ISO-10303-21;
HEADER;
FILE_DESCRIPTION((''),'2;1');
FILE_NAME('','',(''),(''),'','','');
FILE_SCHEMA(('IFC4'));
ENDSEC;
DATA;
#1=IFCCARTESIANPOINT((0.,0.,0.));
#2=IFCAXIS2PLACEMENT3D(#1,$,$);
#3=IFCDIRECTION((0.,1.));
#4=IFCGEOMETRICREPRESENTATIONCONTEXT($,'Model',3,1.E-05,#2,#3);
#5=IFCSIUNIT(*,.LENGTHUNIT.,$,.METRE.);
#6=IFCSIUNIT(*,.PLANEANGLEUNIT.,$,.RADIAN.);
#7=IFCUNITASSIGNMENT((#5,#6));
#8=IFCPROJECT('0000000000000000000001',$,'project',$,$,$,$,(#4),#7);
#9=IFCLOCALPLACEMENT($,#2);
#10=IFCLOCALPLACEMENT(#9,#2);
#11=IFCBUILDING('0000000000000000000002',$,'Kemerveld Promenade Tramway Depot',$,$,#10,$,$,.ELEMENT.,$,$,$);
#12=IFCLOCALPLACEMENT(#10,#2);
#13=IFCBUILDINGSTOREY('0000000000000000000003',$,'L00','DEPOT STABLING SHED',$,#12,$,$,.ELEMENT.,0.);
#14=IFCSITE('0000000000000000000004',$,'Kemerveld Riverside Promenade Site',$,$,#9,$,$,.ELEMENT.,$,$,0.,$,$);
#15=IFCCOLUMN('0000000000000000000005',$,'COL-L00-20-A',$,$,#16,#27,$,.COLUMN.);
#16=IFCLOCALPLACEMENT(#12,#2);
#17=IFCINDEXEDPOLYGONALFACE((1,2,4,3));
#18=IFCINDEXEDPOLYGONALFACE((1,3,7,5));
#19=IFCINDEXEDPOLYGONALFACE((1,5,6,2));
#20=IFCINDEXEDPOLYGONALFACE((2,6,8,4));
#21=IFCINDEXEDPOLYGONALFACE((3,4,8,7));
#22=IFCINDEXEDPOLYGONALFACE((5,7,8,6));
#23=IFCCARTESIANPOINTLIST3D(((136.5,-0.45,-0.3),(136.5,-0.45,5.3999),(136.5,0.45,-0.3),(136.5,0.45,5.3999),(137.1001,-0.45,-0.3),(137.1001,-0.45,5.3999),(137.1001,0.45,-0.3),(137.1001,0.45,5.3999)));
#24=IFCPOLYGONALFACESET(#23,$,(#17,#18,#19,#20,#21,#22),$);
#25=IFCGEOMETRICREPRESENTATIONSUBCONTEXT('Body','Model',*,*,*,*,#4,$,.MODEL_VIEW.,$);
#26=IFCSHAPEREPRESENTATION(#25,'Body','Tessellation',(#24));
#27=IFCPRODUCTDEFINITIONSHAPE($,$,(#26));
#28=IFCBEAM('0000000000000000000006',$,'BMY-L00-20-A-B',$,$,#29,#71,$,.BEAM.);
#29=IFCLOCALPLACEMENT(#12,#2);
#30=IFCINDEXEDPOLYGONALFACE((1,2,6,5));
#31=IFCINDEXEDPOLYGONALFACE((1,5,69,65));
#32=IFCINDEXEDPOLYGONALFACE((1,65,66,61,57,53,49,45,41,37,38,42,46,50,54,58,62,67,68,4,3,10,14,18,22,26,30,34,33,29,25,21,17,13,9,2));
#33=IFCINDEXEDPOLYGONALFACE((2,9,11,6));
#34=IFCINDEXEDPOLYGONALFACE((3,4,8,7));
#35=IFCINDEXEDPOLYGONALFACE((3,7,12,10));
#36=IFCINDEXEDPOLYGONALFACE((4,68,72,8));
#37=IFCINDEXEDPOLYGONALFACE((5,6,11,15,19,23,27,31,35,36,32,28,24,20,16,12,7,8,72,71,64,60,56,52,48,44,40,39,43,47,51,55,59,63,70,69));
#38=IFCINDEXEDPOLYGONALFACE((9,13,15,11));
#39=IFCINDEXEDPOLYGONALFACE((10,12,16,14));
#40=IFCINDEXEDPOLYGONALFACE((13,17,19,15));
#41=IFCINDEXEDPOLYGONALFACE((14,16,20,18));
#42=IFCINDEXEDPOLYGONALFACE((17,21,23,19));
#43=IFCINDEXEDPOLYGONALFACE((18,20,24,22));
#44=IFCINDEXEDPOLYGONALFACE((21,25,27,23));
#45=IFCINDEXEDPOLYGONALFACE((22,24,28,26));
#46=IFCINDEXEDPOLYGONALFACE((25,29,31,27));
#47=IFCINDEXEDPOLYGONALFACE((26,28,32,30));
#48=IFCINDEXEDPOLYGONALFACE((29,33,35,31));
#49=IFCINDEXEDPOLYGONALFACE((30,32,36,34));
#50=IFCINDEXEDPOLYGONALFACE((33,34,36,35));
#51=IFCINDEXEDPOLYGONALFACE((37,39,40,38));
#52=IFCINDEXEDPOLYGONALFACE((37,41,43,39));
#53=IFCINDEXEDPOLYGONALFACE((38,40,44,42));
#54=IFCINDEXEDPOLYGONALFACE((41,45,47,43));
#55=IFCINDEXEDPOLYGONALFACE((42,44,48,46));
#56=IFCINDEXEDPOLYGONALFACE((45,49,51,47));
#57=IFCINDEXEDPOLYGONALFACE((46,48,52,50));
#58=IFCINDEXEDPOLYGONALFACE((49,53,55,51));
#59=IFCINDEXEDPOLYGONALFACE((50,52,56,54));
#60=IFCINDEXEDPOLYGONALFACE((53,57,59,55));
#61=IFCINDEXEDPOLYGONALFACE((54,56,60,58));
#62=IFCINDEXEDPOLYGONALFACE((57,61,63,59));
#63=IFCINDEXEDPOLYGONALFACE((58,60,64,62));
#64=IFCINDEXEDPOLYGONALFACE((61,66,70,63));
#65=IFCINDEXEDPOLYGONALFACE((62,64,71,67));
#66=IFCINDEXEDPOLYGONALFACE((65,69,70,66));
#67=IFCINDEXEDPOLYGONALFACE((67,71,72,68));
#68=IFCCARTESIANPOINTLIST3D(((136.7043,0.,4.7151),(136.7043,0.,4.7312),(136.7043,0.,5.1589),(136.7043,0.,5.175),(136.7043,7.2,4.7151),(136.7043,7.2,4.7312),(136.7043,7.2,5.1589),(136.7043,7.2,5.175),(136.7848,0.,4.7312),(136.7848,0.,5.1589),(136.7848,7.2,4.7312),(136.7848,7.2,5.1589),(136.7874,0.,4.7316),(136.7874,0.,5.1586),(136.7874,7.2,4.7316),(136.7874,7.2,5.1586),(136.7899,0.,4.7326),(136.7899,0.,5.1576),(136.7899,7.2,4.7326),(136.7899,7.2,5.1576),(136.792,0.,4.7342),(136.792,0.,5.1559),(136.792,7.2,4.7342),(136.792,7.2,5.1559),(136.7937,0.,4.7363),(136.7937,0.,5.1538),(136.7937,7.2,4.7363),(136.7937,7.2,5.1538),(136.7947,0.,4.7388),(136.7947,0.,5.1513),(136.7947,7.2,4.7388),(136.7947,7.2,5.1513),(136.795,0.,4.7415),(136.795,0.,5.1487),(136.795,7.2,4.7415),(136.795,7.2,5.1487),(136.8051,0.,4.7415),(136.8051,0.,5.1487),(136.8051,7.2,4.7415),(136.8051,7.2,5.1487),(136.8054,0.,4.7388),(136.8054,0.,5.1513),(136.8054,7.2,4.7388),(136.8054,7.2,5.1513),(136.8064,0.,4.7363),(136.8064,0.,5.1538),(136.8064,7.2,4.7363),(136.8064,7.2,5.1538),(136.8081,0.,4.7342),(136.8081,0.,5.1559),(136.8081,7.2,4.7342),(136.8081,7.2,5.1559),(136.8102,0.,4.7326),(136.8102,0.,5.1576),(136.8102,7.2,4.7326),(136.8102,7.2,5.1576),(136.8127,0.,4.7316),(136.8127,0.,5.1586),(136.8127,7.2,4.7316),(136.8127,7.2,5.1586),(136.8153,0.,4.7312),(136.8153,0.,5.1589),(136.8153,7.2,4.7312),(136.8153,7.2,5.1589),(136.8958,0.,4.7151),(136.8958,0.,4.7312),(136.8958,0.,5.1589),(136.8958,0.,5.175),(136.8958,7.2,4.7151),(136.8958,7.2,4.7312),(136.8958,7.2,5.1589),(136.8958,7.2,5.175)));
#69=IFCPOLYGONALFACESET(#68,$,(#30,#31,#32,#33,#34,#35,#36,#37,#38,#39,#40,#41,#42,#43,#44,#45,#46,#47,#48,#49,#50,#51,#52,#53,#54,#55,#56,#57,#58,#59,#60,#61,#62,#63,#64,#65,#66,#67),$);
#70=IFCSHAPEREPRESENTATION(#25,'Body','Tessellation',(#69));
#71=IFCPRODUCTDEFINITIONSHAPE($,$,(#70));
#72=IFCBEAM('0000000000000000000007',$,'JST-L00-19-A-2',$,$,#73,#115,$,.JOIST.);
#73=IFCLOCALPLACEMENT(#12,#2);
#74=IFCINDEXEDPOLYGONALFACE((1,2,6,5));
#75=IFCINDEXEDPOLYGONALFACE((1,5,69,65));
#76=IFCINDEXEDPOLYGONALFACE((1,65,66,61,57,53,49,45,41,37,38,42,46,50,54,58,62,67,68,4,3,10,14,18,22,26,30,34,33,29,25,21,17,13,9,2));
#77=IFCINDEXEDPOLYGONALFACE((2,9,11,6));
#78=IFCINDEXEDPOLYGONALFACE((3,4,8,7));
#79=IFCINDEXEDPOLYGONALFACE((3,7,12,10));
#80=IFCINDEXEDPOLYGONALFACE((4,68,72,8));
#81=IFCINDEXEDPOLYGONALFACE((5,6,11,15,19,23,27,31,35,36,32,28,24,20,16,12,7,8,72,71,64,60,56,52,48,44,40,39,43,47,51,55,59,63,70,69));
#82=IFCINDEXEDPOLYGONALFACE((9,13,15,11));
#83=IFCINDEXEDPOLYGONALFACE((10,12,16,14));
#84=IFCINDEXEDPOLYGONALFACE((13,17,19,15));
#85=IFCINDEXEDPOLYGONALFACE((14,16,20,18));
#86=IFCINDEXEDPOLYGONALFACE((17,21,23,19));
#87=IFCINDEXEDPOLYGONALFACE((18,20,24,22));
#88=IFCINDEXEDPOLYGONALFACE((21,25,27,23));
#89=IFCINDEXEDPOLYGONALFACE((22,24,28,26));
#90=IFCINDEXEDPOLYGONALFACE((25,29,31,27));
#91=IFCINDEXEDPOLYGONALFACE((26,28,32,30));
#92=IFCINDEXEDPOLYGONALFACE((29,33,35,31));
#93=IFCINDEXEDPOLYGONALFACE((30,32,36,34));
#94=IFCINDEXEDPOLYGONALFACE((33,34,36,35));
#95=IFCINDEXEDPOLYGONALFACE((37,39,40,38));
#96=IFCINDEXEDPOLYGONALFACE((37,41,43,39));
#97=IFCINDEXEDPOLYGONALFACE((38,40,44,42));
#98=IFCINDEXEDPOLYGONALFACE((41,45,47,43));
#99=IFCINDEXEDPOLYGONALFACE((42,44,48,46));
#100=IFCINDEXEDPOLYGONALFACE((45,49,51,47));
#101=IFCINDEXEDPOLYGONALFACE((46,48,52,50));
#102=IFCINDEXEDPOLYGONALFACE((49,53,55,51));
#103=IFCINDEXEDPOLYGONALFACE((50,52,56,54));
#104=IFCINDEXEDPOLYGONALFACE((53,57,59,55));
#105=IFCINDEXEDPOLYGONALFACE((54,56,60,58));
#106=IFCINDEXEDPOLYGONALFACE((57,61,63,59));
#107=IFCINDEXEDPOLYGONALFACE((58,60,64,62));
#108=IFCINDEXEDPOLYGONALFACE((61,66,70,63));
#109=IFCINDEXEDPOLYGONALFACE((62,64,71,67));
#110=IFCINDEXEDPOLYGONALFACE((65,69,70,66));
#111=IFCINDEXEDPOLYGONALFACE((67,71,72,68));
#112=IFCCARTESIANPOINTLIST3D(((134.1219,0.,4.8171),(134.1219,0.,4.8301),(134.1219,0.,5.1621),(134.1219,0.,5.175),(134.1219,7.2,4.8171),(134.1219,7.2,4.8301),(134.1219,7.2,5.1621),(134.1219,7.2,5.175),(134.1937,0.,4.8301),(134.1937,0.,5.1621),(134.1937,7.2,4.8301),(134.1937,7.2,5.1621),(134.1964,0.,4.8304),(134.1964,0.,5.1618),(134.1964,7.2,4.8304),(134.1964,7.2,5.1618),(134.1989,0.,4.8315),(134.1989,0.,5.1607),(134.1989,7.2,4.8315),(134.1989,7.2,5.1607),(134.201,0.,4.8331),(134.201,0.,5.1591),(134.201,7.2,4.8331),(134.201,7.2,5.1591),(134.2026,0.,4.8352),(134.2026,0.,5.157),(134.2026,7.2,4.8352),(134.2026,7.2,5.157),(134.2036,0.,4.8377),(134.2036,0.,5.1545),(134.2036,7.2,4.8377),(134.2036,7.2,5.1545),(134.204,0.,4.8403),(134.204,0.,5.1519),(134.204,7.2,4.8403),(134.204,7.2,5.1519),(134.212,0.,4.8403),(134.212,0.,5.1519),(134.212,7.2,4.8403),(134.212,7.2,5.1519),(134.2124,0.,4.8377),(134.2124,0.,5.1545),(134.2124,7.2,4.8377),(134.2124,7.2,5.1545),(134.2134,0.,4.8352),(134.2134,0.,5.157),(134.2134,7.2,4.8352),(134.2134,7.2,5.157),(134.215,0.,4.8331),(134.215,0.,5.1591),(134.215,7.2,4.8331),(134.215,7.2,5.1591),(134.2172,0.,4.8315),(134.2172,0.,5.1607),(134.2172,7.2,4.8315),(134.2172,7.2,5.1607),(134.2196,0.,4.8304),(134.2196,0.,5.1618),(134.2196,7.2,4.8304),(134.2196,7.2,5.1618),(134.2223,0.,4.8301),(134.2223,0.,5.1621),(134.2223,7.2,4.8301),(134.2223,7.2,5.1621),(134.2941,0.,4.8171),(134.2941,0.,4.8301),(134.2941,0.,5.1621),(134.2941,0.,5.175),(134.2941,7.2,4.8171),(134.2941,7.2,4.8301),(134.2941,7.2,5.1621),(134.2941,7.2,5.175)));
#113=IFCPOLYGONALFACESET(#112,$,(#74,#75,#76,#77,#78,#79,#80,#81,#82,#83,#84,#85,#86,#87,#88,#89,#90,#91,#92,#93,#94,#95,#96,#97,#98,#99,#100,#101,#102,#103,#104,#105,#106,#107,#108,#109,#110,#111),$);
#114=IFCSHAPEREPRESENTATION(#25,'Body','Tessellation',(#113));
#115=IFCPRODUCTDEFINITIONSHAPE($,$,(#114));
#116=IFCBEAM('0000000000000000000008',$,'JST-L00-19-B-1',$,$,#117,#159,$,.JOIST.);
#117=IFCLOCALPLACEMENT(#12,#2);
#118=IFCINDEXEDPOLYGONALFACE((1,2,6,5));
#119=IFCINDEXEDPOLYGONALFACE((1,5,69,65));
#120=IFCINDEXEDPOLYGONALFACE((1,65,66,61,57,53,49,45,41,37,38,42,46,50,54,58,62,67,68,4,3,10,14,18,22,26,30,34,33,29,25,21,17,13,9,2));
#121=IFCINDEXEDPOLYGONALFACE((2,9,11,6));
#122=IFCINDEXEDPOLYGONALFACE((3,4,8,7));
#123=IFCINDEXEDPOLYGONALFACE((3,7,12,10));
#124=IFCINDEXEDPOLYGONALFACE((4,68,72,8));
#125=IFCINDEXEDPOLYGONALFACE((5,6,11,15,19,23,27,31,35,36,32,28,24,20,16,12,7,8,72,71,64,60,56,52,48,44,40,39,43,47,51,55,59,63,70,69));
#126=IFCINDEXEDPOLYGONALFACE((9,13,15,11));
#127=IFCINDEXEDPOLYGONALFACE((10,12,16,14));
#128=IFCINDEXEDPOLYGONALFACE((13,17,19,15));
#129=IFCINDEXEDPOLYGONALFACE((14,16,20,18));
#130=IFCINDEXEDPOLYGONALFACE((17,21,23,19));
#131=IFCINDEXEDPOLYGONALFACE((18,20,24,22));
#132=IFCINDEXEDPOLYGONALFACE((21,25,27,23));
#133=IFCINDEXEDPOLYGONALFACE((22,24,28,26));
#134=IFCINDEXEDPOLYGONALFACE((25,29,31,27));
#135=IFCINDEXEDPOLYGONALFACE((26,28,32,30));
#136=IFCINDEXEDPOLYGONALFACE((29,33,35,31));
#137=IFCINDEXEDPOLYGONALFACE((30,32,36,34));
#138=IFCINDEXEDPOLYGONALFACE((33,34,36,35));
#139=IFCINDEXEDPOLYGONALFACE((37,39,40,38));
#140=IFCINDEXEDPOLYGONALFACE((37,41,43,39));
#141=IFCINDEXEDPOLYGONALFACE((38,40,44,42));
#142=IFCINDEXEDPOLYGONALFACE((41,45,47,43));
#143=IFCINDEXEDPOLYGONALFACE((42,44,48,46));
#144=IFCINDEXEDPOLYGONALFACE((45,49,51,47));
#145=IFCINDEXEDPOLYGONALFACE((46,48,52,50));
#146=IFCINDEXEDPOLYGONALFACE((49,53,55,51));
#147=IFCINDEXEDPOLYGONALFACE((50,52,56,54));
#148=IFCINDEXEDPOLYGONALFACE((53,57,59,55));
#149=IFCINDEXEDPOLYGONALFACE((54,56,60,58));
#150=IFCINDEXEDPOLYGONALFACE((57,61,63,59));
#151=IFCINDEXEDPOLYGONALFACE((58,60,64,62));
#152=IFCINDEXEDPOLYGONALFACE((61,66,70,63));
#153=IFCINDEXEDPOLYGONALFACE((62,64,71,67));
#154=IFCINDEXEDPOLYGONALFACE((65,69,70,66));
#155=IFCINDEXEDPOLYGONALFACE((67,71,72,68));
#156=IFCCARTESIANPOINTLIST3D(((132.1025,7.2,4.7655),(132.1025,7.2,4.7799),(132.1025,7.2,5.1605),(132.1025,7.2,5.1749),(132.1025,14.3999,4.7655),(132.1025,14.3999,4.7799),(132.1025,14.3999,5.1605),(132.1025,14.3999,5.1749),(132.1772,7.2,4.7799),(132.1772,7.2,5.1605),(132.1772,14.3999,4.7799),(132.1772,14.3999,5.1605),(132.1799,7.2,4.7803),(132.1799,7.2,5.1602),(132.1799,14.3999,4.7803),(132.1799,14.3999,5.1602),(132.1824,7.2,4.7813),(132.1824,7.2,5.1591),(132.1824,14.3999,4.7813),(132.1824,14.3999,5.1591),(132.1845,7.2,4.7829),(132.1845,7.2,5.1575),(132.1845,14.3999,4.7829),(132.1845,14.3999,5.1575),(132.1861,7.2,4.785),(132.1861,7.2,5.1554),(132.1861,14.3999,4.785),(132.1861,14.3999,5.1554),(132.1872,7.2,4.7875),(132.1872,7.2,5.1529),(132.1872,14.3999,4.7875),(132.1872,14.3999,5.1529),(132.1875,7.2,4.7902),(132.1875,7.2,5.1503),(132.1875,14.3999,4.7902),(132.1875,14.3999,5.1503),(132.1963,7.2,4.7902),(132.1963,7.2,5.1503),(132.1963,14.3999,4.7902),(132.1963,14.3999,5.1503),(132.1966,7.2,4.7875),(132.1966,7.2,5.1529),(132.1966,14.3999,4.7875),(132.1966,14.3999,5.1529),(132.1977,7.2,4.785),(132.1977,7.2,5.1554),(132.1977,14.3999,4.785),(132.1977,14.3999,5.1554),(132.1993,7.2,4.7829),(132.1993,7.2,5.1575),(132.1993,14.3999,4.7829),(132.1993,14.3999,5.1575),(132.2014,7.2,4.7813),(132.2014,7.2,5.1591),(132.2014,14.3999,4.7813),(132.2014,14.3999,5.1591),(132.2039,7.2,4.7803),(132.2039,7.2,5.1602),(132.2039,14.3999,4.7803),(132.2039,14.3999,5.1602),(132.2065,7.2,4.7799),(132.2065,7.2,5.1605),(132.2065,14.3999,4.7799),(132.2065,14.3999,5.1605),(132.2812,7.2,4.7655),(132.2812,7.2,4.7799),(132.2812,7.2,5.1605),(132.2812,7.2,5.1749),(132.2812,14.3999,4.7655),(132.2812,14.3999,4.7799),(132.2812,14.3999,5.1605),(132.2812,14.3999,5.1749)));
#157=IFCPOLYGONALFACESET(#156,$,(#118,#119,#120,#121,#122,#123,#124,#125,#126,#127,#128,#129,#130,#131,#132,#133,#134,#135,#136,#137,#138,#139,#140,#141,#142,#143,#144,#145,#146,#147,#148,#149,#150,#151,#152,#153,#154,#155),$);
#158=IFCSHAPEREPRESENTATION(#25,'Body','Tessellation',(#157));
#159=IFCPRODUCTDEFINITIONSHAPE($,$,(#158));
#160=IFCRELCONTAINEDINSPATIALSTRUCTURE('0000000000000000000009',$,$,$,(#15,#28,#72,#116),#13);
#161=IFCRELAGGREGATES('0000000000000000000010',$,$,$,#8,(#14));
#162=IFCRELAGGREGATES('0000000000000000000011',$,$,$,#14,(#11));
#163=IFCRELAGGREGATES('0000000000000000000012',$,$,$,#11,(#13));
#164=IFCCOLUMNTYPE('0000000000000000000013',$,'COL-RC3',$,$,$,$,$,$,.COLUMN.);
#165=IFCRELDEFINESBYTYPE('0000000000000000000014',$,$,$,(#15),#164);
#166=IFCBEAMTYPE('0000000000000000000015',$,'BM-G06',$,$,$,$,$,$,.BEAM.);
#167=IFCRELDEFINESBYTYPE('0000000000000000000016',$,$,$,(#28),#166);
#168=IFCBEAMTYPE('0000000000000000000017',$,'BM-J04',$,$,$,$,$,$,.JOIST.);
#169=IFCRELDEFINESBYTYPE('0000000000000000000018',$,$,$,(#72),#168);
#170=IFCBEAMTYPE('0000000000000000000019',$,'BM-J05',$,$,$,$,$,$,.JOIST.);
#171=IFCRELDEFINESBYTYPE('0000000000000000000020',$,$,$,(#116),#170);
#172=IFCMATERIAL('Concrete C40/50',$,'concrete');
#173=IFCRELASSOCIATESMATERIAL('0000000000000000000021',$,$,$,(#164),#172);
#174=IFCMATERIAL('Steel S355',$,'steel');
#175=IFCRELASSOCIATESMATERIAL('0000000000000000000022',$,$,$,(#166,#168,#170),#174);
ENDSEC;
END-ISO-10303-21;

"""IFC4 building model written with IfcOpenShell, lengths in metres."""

from ifc_helpers import new_model, si_unit, direction, frame, origin, origin_2d, place, context, subcontext, project, spatial, rectangle, i_section, extrude, material, material_profile, profile_set, type_object, element, save


model = new_model("IFC4")

# Units and contexts
model_context = context("Model", 3, precision=1e-05, world=origin(), true_north=direction((0.0, 1.0)))
body_context = subcontext(model_context, "Body", "Model", "MODEL_VIEW")
ifc_project = project(units=[si_unit("LENGTHUNIT", "METRE"), si_unit("PLANEANGLEUNIT", "RADIAN")], contexts=[model_context])

# Site, building, storey
site_placement = place(None, origin())
site = spatial("IfcSite", under=ifc_project, at=site_placement, Name="Kemerveld Riverside Promenade Site", CompositionType="ELEMENT", RefElevation=0.0)
building_placement = place(site_placement, origin())
building = spatial("IfcBuilding", under=site, at=building_placement, Name="Kemerveld Promenade Tramway Depot", CompositionType="ELEMENT")
storey_placement = place(building_placement, origin())
storey = spatial("IfcBuildingStorey", under=building, at=storey_placement, Name="L00", Description="DEPOT STABLING SHED", CompositionType="ELEMENT", Elevation=0.0)

# Column
ifc_material_1 = material(Name="Concrete C40/50", Category="concrete")
ifc_material_profile_1 = material_profile(ifc_material_1, rectangle(XDim=0.6001, YDim=0.8999, at=origin_2d()), Name="RC-PIER-900x600")
ifc_profile_set_1 = profile_set([ifc_material_profile_1], Name="Concrete C40/50")
column_type = type_object("IfcColumnType", Name="COL-RC3", PredefinedType="COLUMN", material=ifc_profile_set_1)
column_placement = place(storey_placement, frame((136.8, 0.0, -0.3), z_axis=(0.0, 0.0, 1.0), x_axis=(1.0, 0.0, 0.0)))
element("IfcColumn", 1, at=column_placement, inside=storey, type_object=column_type, Name="COL-L00-20-A", PredefinedType="COLUMN", context=body_context, shape_type="SweptSolid", body=[
    extrude(rectangle(XDim=0.6001, YDim=0.8999, at=origin_2d()), origin(), (0.0, 0.0, 1.0), 5.7),
])

# Beams
ifc_material_2 = material(Name="Steel S355", Category="steel")
ifc_material_profile_2 = material_profile(ifc_material_2, i_section(OverallWidth=0.1914, OverallDepth=0.46, WebThickness=0.01, FlangeThickness=0.0161, FilletRadius=0.0103, at=origin_2d()), Name="457x191x82 UB")
ifc_profile_set_2 = profile_set([ifc_material_profile_2], Name="Steel S355")
beam_type_1 = type_object("IfcBeamType", Name="BM-G06", PredefinedType="BEAM", material=ifc_profile_set_2)
beam_1_placement = place(storey_placement, frame((136.8, 0.0, 4.9451), z_axis=(0.0, 1.0, 0.0), x_axis=(-1.0, 0.0, 0.0)))
element("IfcBeam", 2, at=beam_1_placement, inside=storey, type_object=beam_type_1, Name="BMY-L00-20-A-B", PredefinedType="BEAM", context=body_context, shape_type="SweptSolid", body=[
    extrude(i_section(OverallWidth=0.1914, OverallDepth=0.46, WebThickness=0.01, FlangeThickness=0.0161, FilletRadius=0.0103, at=origin_2d()), origin(), (0.0, 0.0, 1.0), 7.2),
])
ifc_material_profile_3 = material_profile(ifc_material_2, i_section(OverallWidth=0.1721, OverallDepth=0.3579, WebThickness=0.0081, FlangeThickness=0.0129, FilletRadius=0.0103, at=origin_2d()), Name="356x171x57 UB")
ifc_profile_set_3 = profile_set([ifc_material_profile_3], Name="Steel S355")
beam_type_2 = type_object("IfcBeamType", Name="BM-J04", PredefinedType="JOIST", material=ifc_profile_set_3)
beam_2_placement = place(storey_placement, frame((134.208, 0.0, 4.9961), z_axis=(0.0, 1.0, 0.0), x_axis=(-1.0, 0.0, 0.0)))
element("IfcBeam", 3, at=beam_2_placement, inside=storey, type_object=beam_type_2, Name="JST-L00-19-A-2", PredefinedType="JOIST", context=body_context, shape_type="SweptSolid", body=[
    extrude(i_section(OverallWidth=0.1721, OverallDepth=0.3579, WebThickness=0.0081, FlangeThickness=0.0129, FilletRadius=0.0103, at=origin_2d()), origin(), (0.0, 0.0, 1.0), 7.2),
])
ifc_material_profile_4 = material_profile(ifc_material_2, i_section(OverallWidth=0.1787, OverallDepth=0.4094, WebThickness=0.0088, FlangeThickness=0.0144, FilletRadius=0.0103, at=origin_2d()), Name="406x178x67 UB")
ifc_profile_set_4 = profile_set([ifc_material_profile_4], Name="Steel S355")
beam_type_3 = type_object("IfcBeamType", Name="BM-J05", PredefinedType="JOIST", material=ifc_profile_set_4)
for number, where, z_axis, x_axis, name in (
    (4, (132.1919, 7.2, 4.9702), (0.0, 1.0, 0.0), (-1.0, 0.0, 0.0), "JST-L00-19-B-1"),
):
    element("IfcBeam", number, at=place(storey_placement, frame(where, z_axis=z_axis, x_axis=x_axis)), inside=storey, type_object=beam_type_3, Name=name, PredefinedType="JOIST", context=body_context, shape_type="SweptSolid", body=[
        extrude(i_section(OverallWidth=0.1787, OverallDepth=0.4094, WebThickness=0.0088, FlangeThickness=0.0144, FilletRadius=0.0103, at=origin_2d()), origin(), (0.0, 0.0, 1.0), 7.2),
    ])

save(model, "model.ifc")
